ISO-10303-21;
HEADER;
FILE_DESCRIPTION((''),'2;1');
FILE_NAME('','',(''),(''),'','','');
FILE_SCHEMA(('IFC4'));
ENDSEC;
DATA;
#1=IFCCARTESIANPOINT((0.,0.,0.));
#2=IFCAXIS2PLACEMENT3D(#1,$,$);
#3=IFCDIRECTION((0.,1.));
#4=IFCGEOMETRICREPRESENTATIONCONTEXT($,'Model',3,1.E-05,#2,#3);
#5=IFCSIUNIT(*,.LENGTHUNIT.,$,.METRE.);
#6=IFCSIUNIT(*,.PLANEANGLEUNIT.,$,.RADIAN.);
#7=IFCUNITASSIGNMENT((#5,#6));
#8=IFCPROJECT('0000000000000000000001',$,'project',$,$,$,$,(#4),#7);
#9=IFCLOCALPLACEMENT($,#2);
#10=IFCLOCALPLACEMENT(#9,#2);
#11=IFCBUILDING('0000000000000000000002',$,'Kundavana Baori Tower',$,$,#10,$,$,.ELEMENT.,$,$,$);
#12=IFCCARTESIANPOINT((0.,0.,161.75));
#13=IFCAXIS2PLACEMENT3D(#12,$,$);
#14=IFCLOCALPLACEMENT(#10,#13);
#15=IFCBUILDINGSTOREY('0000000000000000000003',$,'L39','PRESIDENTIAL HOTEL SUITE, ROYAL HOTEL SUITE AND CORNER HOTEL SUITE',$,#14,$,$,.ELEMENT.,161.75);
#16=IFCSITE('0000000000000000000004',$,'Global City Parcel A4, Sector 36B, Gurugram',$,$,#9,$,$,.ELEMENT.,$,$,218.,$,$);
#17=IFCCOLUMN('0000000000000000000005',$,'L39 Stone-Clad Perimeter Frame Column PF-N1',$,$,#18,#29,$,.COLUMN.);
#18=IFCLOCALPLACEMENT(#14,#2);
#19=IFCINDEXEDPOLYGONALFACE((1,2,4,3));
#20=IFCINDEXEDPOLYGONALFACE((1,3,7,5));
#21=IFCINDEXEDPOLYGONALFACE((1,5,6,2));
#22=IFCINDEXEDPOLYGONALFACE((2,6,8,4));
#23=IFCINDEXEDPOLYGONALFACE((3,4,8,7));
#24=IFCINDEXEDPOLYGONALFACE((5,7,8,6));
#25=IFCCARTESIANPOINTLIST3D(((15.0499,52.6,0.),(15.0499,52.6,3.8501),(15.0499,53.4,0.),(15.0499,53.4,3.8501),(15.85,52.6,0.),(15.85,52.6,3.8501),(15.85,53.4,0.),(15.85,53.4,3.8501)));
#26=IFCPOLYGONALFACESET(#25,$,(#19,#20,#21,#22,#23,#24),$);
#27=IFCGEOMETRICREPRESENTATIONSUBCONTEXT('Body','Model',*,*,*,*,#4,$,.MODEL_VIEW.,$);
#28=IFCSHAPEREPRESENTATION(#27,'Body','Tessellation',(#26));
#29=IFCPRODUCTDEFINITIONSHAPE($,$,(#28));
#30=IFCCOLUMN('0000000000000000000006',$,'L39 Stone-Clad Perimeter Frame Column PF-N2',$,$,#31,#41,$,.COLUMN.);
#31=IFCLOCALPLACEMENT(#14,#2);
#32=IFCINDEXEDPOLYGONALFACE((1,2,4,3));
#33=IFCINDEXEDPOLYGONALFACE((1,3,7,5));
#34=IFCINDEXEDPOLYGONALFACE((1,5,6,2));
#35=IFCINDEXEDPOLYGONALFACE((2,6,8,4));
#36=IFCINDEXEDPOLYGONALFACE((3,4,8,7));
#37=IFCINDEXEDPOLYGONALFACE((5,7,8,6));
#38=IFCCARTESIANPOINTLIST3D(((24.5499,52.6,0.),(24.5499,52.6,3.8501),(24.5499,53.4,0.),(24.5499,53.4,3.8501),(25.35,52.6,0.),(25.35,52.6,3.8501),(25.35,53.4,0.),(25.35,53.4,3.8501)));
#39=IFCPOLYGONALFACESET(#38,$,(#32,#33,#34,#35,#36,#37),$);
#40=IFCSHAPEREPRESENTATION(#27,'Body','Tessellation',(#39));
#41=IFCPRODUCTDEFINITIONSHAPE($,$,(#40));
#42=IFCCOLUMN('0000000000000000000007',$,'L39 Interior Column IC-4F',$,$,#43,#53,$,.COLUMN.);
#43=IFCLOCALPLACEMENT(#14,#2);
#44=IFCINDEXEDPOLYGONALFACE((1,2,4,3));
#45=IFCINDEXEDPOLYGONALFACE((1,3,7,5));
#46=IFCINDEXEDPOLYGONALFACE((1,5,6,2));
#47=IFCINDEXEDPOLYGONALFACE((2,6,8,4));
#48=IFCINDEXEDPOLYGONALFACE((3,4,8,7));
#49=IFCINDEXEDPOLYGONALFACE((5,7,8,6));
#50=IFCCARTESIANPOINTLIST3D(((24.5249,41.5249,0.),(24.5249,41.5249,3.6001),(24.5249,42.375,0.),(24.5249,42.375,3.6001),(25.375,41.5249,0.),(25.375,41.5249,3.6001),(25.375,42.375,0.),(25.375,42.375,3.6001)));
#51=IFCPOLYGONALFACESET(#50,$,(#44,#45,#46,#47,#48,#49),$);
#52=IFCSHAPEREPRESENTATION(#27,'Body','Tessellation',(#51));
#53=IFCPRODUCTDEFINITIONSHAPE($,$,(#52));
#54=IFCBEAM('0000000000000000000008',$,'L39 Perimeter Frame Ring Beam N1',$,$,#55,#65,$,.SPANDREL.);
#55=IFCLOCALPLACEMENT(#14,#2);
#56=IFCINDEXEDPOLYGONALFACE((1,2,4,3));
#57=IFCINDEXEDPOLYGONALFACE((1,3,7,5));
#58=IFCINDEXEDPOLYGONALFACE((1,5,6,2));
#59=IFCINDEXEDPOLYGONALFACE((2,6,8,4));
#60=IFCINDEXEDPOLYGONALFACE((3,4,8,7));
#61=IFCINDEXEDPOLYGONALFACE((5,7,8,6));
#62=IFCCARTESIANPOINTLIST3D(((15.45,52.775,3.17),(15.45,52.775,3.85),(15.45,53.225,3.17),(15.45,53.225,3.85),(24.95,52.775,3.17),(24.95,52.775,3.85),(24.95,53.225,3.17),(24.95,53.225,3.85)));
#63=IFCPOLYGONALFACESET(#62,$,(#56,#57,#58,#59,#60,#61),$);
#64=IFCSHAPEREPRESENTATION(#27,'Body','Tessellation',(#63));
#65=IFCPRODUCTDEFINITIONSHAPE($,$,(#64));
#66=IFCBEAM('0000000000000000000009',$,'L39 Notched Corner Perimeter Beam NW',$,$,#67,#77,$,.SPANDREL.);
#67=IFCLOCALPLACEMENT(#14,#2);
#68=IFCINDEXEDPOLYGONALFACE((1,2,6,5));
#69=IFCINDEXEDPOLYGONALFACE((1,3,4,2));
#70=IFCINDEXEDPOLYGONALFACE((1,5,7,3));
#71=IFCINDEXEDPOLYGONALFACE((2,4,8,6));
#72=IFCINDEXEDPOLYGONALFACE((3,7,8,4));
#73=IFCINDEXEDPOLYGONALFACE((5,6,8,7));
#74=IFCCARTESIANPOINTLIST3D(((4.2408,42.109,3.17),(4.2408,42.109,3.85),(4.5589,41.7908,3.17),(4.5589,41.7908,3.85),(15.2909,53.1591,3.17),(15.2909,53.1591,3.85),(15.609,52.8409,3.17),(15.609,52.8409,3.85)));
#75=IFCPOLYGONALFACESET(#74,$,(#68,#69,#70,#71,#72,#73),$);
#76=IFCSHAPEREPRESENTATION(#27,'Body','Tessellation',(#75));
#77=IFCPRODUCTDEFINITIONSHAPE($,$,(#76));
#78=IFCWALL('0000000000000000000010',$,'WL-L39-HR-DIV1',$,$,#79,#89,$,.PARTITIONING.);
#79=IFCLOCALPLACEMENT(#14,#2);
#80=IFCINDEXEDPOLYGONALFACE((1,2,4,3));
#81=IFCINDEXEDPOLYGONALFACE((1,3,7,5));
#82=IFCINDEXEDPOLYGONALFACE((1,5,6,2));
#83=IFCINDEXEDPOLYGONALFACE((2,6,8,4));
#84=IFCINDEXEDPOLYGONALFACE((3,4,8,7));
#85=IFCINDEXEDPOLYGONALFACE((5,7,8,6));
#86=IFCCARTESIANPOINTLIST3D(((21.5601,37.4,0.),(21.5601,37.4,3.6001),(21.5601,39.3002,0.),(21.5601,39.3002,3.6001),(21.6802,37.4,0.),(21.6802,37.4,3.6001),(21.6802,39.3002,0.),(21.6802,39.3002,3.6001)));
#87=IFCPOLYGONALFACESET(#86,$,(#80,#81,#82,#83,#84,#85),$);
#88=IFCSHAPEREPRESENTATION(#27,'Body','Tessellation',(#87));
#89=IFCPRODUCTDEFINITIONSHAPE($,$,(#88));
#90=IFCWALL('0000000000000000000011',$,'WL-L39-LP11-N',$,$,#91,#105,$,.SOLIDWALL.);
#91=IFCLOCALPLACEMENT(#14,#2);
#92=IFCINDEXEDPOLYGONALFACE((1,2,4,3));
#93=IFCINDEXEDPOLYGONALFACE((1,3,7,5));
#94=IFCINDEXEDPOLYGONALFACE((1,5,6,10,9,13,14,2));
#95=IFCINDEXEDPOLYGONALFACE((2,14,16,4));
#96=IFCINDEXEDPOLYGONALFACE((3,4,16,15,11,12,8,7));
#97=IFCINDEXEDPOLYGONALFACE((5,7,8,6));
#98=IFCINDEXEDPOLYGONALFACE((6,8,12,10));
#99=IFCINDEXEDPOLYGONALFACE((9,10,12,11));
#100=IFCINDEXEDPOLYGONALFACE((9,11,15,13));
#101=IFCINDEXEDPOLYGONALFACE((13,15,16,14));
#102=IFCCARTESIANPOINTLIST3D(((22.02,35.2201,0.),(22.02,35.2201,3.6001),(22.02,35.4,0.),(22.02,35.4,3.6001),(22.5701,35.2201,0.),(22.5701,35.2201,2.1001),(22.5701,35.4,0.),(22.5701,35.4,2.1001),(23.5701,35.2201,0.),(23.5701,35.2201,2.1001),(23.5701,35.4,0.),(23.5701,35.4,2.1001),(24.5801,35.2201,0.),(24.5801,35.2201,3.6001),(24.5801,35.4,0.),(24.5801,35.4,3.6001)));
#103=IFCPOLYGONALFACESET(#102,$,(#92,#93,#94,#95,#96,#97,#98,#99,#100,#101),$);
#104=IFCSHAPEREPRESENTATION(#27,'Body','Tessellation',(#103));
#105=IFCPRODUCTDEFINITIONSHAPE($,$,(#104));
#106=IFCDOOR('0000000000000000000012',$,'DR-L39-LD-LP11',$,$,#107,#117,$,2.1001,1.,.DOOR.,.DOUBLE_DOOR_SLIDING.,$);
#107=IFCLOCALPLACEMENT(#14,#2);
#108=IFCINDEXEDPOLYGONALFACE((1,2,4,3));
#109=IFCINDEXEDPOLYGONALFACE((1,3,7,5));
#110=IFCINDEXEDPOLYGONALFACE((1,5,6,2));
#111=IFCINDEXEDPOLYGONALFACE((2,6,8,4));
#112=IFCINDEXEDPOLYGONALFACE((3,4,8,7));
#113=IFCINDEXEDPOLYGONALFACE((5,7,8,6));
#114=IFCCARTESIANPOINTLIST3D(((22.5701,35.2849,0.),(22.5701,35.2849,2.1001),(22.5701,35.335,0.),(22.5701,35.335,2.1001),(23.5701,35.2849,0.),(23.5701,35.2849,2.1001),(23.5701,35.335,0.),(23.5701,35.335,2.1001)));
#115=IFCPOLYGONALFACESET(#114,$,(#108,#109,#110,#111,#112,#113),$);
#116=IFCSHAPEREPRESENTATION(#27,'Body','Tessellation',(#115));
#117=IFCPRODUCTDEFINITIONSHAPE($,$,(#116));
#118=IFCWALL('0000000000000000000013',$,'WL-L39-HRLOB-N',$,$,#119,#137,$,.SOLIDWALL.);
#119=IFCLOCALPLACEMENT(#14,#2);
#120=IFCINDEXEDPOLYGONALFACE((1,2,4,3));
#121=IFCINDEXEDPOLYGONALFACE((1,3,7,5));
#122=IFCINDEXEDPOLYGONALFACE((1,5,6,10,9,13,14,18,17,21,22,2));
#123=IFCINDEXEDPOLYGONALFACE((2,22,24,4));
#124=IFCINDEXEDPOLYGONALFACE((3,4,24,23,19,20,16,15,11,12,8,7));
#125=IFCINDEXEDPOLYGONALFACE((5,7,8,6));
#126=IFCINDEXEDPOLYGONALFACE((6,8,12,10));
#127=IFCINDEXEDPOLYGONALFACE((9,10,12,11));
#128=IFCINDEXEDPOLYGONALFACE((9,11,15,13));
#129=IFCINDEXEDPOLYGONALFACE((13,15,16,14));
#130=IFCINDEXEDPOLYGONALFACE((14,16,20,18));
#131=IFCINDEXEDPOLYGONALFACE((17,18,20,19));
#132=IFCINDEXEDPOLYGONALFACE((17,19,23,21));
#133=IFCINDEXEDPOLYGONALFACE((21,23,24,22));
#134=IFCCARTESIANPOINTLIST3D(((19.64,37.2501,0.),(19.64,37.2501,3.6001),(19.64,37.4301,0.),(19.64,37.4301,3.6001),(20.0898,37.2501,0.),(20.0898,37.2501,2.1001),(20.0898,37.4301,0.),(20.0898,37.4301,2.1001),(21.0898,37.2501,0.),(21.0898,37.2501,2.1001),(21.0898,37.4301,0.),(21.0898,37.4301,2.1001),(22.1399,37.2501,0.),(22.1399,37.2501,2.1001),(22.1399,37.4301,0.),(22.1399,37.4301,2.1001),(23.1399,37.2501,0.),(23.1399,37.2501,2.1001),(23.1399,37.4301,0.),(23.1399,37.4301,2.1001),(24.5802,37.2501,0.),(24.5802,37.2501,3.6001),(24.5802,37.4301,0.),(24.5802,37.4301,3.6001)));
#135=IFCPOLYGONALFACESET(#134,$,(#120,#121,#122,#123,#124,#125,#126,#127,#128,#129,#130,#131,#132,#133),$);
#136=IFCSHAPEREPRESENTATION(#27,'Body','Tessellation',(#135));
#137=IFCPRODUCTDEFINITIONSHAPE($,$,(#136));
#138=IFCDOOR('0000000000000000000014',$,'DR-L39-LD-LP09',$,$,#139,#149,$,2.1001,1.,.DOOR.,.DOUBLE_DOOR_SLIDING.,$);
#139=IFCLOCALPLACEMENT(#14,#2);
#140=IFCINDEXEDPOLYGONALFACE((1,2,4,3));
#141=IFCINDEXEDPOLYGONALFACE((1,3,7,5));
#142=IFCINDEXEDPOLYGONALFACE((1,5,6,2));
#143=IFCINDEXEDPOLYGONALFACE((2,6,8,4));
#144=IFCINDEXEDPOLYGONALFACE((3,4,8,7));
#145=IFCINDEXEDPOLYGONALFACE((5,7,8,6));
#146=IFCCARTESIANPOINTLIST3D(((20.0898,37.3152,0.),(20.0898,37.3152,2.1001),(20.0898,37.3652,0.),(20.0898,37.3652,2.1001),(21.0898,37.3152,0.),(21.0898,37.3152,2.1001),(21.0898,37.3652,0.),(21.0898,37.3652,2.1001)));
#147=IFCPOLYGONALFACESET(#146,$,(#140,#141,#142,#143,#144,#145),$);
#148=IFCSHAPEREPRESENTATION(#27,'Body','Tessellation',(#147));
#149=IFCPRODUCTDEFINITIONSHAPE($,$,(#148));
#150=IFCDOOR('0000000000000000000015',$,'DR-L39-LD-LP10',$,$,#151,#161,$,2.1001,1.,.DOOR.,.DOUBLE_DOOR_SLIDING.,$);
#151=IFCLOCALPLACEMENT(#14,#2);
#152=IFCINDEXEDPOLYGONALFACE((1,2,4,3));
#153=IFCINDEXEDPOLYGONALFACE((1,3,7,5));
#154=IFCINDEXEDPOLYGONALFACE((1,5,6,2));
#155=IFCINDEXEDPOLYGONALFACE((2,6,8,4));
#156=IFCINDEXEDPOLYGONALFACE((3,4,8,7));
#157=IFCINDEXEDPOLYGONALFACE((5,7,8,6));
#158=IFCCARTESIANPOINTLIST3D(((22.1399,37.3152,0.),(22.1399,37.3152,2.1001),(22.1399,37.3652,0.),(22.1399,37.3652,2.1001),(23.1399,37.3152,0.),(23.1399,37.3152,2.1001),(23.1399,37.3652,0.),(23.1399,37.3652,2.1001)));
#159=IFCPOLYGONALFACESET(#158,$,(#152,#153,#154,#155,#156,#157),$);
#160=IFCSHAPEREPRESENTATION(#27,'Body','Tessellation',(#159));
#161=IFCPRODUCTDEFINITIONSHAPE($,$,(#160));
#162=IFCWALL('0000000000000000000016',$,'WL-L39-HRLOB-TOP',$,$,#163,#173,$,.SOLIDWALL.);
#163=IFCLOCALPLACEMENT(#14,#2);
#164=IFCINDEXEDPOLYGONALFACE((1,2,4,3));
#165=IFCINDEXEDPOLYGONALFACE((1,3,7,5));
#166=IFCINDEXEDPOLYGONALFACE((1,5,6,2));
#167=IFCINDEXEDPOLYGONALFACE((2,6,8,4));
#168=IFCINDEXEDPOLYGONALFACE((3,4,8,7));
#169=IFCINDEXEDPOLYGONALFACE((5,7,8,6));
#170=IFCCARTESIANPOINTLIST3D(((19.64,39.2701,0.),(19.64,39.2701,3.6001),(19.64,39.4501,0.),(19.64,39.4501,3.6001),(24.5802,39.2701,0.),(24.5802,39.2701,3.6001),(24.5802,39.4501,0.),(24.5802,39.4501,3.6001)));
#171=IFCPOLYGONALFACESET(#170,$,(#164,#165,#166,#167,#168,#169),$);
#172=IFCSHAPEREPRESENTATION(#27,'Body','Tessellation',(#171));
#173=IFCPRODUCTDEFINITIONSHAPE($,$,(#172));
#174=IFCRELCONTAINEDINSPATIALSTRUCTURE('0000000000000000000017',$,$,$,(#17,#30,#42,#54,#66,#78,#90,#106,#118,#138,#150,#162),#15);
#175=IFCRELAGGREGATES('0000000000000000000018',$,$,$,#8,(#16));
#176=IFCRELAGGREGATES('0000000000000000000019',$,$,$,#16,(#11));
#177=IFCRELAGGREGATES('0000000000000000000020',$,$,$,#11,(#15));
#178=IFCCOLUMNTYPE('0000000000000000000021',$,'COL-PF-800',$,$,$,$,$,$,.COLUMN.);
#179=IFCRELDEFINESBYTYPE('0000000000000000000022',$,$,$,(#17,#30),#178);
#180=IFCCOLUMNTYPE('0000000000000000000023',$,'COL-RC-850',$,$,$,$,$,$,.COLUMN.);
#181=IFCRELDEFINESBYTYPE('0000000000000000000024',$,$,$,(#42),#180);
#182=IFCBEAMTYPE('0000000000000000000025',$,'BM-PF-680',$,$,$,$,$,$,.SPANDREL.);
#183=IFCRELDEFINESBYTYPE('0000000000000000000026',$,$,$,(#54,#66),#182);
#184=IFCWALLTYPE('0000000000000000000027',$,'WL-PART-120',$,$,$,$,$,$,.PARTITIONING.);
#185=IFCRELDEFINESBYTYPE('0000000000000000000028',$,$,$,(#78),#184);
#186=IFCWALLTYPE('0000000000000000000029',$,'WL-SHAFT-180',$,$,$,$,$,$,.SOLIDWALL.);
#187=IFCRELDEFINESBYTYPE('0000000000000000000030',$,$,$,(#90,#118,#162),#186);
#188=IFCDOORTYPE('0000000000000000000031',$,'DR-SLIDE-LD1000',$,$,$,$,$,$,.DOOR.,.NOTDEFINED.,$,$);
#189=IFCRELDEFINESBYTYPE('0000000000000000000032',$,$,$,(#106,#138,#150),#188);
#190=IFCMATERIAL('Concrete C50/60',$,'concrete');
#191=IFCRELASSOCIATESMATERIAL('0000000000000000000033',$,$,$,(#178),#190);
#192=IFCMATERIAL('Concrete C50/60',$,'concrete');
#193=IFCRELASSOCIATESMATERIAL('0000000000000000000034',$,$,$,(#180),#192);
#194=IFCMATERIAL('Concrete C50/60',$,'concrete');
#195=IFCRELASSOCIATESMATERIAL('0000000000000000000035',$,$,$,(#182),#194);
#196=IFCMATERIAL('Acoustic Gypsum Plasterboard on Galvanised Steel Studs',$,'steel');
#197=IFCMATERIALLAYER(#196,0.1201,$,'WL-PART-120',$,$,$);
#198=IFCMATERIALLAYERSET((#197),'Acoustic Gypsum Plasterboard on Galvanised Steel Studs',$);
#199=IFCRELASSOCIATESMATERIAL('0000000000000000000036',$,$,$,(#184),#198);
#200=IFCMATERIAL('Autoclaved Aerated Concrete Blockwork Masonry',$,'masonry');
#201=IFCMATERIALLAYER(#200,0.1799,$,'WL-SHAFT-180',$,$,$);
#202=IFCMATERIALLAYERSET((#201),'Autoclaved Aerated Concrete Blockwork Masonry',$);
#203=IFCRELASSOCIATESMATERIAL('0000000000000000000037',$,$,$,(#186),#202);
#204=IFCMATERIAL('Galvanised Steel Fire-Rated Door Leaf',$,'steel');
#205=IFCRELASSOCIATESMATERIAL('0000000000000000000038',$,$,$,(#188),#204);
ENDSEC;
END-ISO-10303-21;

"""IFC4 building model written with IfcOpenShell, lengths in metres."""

from ifc_helpers import new_model, si_unit, direction, frame, frame_2d, origin, origin_2d, place, context, subcontext, project, spatial, rectangle, extrude, material, layer, layer_set, material_profile, profile_set, type_object, element, fill, save


model = new_model("IFC4")

# Units and contexts
model_context = context("Model", 3, precision=1e-05, world=origin(), true_north=direction((0.0, 1.0)))
body_context = subcontext(model_context, "Body", "Model", "MODEL_VIEW")
ifc_project = project(units=[si_unit("LENGTHUNIT", "METRE"), si_unit("PLANEANGLEUNIT", "RADIAN")], contexts=[model_context])

# Site, building, storey
site_placement = place(None, origin())
site = spatial("IfcSite", under=ifc_project, at=site_placement, Name="Global City Parcel A4, Sector 36B, Gurugram", CompositionType="ELEMENT", RefElevation=218.0)
building_placement = place(site_placement, origin())
building = spatial("IfcBuilding", under=site, at=building_placement, Name="Kundavana Baori Tower", CompositionType="ELEMENT")
storey_placement = place(building_placement, frame((0.0, 0.0, 161.75)))
storey = spatial("IfcBuildingStorey", under=building, at=storey_placement, Name="L39", Description="PRESIDENTIAL HOTEL SUITE, ROYAL HOTEL SUITE AND CORNER HOTEL SUITE", CompositionType="ELEMENT", Elevation=161.75)

# Columns
ifc_material_1 = material(Name="Concrete C50/60", Category="concrete")
ifc_material_profile_1 = material_profile(ifc_material_1, rectangle(XDim=0.8, YDim=0.8, at=origin_2d()), Name="RC PF 800x800")
ifc_profile_set_1 = profile_set([ifc_material_profile_1], Name="Concrete C50/60")
column_type_1 = type_object("IfcColumnType", Name="COL-PF-800", PredefinedType="COLUMN", material=ifc_profile_set_1)
for number, where, z_axis, x_axis, name in (
    (1, (15.45, 53.0, 0.0), (0.0, 0.0, 1.0), (1.0, 0.0, 0.0), "L39 Stone-Clad Perimeter Frame Column PF-N1"),
    (2, (24.95, 53.0, 0.0), (0.0, 0.0, 1.0), (1.0, 0.0, 0.0), "L39 Stone-Clad Perimeter Frame Column PF-N2"),
):
    element("IfcColumn", number, at=place(storey_placement, frame(where, z_axis=z_axis, x_axis=x_axis)), inside=storey, type_object=column_type_1, Name=name, PredefinedType="COLUMN", context=body_context, shape_type="SweptSolid", body=[
        extrude(rectangle(XDim=0.8, YDim=0.8, at=origin_2d()), origin(), (0.0, 0.0, 1.0), 3.8501),
    ])
ifc_material_2 = material(Name="Concrete C50/60", Category="concrete")
ifc_material_profile_2 = material_profile(ifc_material_2, rectangle(XDim=0.8501, YDim=0.8501, at=origin_2d()), Name="RC 850x850")
ifc_profile_set_2 = profile_set([ifc_material_profile_2], Name="Concrete C50/60")
column_type_2 = type_object("IfcColumnType", Name="COL-RC-850", PredefinedType="COLUMN", material=ifc_profile_set_2)
column_placement = place(storey_placement, frame((24.95, 41.95, 0.0), z_axis=(0.0, 0.0, 1.0), x_axis=(1.0, 0.0, 0.0)))
element("IfcColumn", 3, at=column_placement, inside=storey, type_object=column_type_2, Name="L39 Interior Column IC-4F", PredefinedType="COLUMN", context=body_context, shape_type="SweptSolid", body=[
    extrude(rectangle(XDim=0.8501, YDim=0.8501, at=origin_2d()), origin(), (0.0, 0.0, 1.0), 3.6001),
])

# Beams
ifc_material_3 = material(Name="Concrete C50/60", Category="concrete")
ifc_material_profile_3 = material_profile(ifc_material_3, rectangle(XDim=0.45, YDim=0.6799, at=origin_2d()), Name="RC BM 450x680")
ifc_profile_set_3 = profile_set([ifc_material_profile_3], Name="Concrete C50/60")
beam_type = type_object("IfcBeamType", Name="BM-PF-680", PredefinedType="SPANDREL", material=ifc_profile_set_3)
beam_1_placement = place(storey_placement, frame((15.45, 53.0, 3.51), z_axis=(1.0, 0.0, 0.0), x_axis=(0.0, 1.0, 0.0)))
element("IfcBeam", 4, at=beam_1_placement, inside=storey, type_object=beam_type, Name="L39 Perimeter Frame Ring Beam N1", PredefinedType="SPANDREL", context=body_context, shape_type="SweptSolid", body=[
    extrude(rectangle(XDim=0.45, YDim=0.6799, at=origin_2d()), origin(), (0.0, 0.0, 1.0), 9.5),
])
beam_2_placement = place(storey_placement, frame((15.45, 53.0, 3.51), z_axis=(-0.707107, -0.707107, 0.0), x_axis=(0.707107, -0.707107, 0.0)))
element("IfcBeam", 5, at=beam_2_placement, inside=storey, type_object=beam_type, Name="L39 Notched Corner Perimeter Beam NW", PredefinedType="SPANDREL", context=body_context, shape_type="SweptSolid", body=[
    extrude(rectangle(XDim=0.45, YDim=0.6799, at=origin_2d()), origin(), (0.0, 0.0, 1.0), 15.6272),
])

# Wall
ifc_material_4 = material(Name="Acoustic Gypsum Plasterboard on Galvanised Steel Studs", Category="steel")
ifc_layer_1 = layer(ifc_material_4, 0.1201, Name="WL-PART-120")
ifc_layer_set_1 = layer_set([ifc_layer_1], Name="Acoustic Gypsum Plasterboard on Galvanised Steel Studs")
wall_type_1 = type_object("IfcWallType", Name="WL-PART-120", PredefinedType="PARTITIONING", material=ifc_layer_set_1)
wall_1_placement = place(storey_placement, frame((21.6201, 37.3999, 0.0), z_axis=(0.0, 0.0, 1.0), x_axis=(0.0, 1.0, 0.0)))
element("IfcWall", 6, at=wall_1_placement, inside=storey, type_object=wall_type_1, Name="WL-L39-HR-DIV1", PredefinedType="PARTITIONING", context=body_context, shape_type="SweptSolid", body=[
    extrude(rectangle(XDim=1.9001, YDim=0.1201, at=frame_2d((0.9502, 0.0))), origin(), (0.0, 0.0, 1.0), 3.6001),
])

# Wall, opening, door
ifc_material_5 = material(Name="Autoclaved Aerated Concrete Blockwork Masonry", Category="masonry")
ifc_layer_2 = layer(ifc_material_5, 0.1799, Name="WL-SHAFT-180")
ifc_layer_set_2 = layer_set([ifc_layer_2], Name="Autoclaved Aerated Concrete Blockwork Masonry")
wall_type_2 = type_object("IfcWallType", Name="WL-SHAFT-180", PredefinedType="SOLIDWALL", material=ifc_layer_set_2)
wall_2_placement = place(storey_placement, frame((22.02, 35.3101, 0.0), z_axis=(0.0, 0.0, 1.0), x_axis=(1.0, 0.0, 0.0)))
wall_2 = element("IfcWall", 7, at=wall_2_placement, inside=storey, type_object=wall_type_2, Name="WL-L39-LP11-N", PredefinedType="SOLIDWALL", context=body_context, shape_type="SweptSolid", body=[
    extrude(rectangle(XDim=2.5601, YDim=0.1799, at=frame_2d((1.28, 0.0))), origin(), (0.0, 0.0, 1.0), 3.6001),
])
opening_1_placement = place(wall_2_placement, frame((0.55, 0.0, 0.0)))
opening_1 = element("IfcOpeningElement", 8, at=opening_1_placement, cuts=wall_2, PredefinedType="OPENING", context=body_context, shape_type="SweptSolid", body=[
    extrude(rectangle(XDim=1.0, YDim=2.1001, at=frame_2d((0.5, 1.05))), frame((0.0, 0.1001, 0.0), z_axis=(0.0, -1.0, 0.0), x_axis=(1.0, 0.0, 0.0)), (0.0, 0.0, 1.0), 0.2),
])
ifc_material_6 = material(Name="Galvanised Steel Fire-Rated Door Leaf", Category="steel")
door_type = type_object("IfcDoorType", Name="DR-SLIDE-LD1000", OperationType="NOTDEFINED", PredefinedType="DOOR", material=ifc_material_6)
door_1_placement = place(opening_1_placement, origin())
door_1 = element("IfcDoor", 9, at=door_1_placement, inside=storey, type_object=door_type, Name="DR-L39-LD-LP11", OperationType="DOUBLE_DOOR_SLIDING", OverallHeight=2.1001, OverallWidth=1.0, PredefinedType="DOOR", context=body_context, shape_type="SweptSolid", body=[
    extrude(rectangle(XDim=1.0, YDim=2.1001, at=frame_2d((0.5, 1.05))), frame((0.0, 0.0249, 0.0), z_axis=(0.0, -1.0, 0.0), x_axis=(1.0, 0.0, 0.0)), (0.0, 0.0, 1.0), 0.05),
])
fill(opening_1, door_1)

# Wall, openings, doors
wall_3_placement = place(storey_placement, frame((19.6399, 37.3401, 0.0), z_axis=(0.0, 0.0, 1.0), x_axis=(1.0, 0.0, 0.0)))
wall_3 = element("IfcWall", 10, at=wall_3_placement, inside=storey, type_object=wall_type_2, Name="WL-L39-HRLOB-N", PredefinedType="SOLIDWALL", context=body_context, shape_type="SweptSolid", body=[
    extrude(rectangle(XDim=4.9402, YDim=0.1799, at=frame_2d((2.4702, 0.0))), origin(), (0.0, 0.0, 1.0), 3.6001),
])
opening_2_placement = place(wall_3_placement, frame((0.45, 0.0, 0.0)))
opening_2 = element("IfcOpeningElement", 11, at=opening_2_placement, cuts=wall_3, PredefinedType="OPENING", context=body_context, shape_type="SweptSolid", body=[
    extrude(rectangle(XDim=1.0, YDim=2.1001, at=frame_2d((0.5, 1.05))), frame((0.0, 0.1001, 0.0), z_axis=(0.0, -1.0, 0.0), x_axis=(1.0, 0.0, 0.0)), (0.0, 0.0, 1.0), 0.2),
])
opening_3_placement = place(wall_3_placement, frame((2.5, 0.0, 0.0)))
opening_3 = element("IfcOpeningElement", 12, at=opening_3_placement, cuts=wall_3, PredefinedType="OPENING", context=body_context, shape_type="SweptSolid", body=[
    extrude(rectangle(XDim=1.0, YDim=2.1001, at=frame_2d((0.5, 1.05))), frame((0.0, 0.1001, 0.0), z_axis=(0.0, -1.0, 0.0), x_axis=(1.0, 0.0, 0.0)), (0.0, 0.0, 1.0), 0.2),
])
door_2_placement = place(opening_2_placement, frame((1.0, 0.0, 0.0), z_axis=(0.0, 0.0, 1.0), x_axis=(-1.0, 0.0, 0.0)))
door_2 = element("IfcDoor", 13, at=door_2_placement, inside=storey, type_object=door_type, Name="DR-L39-LD-LP09", OperationType="DOUBLE_DOOR_SLIDING", OverallHeight=2.1001, OverallWidth=1.0, PredefinedType="DOOR", context=body_context, shape_type="SweptSolid", body=[
    extrude(rectangle(XDim=1.0, YDim=2.1001, at=frame_2d((0.5, 1.05))), frame((0.0, 0.0249, 0.0), z_axis=(0.0, -1.0, 0.0), x_axis=(1.0, 0.0, 0.0)), (0.0, 0.0, 1.0), 0.05),
])
fill(opening_2, door_2)
door_3_placement = place(opening_3_placement, frame((1.0, 0.0, 0.0), z_axis=(0.0, 0.0, 1.0), x_axis=(-1.0, 0.0, 0.0)))
door_3 = element("IfcDoor", 14, at=door_3_placement, inside=storey, type_object=door_type, Name="DR-L39-LD-LP10", OperationType="DOUBLE_DOOR_SLIDING", OverallHeight=2.1001, OverallWidth=1.0, PredefinedType="DOOR", context=body_context, shape_type="SweptSolid", body=[
    extrude(rectangle(XDim=1.0, YDim=2.1001, at=frame_2d((0.5, 1.05))), frame((0.0, 0.0249, 0.0), z_axis=(0.0, -1.0, 0.0), x_axis=(1.0, 0.0, 0.0)), (0.0, 0.0, 1.0), 0.05),
])
fill(opening_3, door_3)

# Wall
wall_4_placement = place(storey_placement, frame((19.6399, 39.3601, 0.0), z_axis=(0.0, 0.0, 1.0), x_axis=(1.0, 0.0, 0.0)))
element("IfcWall", 15, at=wall_4_placement, inside=storey, type_object=wall_type_2, Name="WL-L39-HRLOB-TOP", PredefinedType="SOLIDWALL", context=body_context, shape_type="SweptSolid", body=[
    extrude(rectangle(XDim=4.9402, YDim=0.1799, at=frame_2d((2.4702, 0.0))), origin(), (0.0, 0.0, 1.0), 3.6001),
])

save(model, "model.ifc")
